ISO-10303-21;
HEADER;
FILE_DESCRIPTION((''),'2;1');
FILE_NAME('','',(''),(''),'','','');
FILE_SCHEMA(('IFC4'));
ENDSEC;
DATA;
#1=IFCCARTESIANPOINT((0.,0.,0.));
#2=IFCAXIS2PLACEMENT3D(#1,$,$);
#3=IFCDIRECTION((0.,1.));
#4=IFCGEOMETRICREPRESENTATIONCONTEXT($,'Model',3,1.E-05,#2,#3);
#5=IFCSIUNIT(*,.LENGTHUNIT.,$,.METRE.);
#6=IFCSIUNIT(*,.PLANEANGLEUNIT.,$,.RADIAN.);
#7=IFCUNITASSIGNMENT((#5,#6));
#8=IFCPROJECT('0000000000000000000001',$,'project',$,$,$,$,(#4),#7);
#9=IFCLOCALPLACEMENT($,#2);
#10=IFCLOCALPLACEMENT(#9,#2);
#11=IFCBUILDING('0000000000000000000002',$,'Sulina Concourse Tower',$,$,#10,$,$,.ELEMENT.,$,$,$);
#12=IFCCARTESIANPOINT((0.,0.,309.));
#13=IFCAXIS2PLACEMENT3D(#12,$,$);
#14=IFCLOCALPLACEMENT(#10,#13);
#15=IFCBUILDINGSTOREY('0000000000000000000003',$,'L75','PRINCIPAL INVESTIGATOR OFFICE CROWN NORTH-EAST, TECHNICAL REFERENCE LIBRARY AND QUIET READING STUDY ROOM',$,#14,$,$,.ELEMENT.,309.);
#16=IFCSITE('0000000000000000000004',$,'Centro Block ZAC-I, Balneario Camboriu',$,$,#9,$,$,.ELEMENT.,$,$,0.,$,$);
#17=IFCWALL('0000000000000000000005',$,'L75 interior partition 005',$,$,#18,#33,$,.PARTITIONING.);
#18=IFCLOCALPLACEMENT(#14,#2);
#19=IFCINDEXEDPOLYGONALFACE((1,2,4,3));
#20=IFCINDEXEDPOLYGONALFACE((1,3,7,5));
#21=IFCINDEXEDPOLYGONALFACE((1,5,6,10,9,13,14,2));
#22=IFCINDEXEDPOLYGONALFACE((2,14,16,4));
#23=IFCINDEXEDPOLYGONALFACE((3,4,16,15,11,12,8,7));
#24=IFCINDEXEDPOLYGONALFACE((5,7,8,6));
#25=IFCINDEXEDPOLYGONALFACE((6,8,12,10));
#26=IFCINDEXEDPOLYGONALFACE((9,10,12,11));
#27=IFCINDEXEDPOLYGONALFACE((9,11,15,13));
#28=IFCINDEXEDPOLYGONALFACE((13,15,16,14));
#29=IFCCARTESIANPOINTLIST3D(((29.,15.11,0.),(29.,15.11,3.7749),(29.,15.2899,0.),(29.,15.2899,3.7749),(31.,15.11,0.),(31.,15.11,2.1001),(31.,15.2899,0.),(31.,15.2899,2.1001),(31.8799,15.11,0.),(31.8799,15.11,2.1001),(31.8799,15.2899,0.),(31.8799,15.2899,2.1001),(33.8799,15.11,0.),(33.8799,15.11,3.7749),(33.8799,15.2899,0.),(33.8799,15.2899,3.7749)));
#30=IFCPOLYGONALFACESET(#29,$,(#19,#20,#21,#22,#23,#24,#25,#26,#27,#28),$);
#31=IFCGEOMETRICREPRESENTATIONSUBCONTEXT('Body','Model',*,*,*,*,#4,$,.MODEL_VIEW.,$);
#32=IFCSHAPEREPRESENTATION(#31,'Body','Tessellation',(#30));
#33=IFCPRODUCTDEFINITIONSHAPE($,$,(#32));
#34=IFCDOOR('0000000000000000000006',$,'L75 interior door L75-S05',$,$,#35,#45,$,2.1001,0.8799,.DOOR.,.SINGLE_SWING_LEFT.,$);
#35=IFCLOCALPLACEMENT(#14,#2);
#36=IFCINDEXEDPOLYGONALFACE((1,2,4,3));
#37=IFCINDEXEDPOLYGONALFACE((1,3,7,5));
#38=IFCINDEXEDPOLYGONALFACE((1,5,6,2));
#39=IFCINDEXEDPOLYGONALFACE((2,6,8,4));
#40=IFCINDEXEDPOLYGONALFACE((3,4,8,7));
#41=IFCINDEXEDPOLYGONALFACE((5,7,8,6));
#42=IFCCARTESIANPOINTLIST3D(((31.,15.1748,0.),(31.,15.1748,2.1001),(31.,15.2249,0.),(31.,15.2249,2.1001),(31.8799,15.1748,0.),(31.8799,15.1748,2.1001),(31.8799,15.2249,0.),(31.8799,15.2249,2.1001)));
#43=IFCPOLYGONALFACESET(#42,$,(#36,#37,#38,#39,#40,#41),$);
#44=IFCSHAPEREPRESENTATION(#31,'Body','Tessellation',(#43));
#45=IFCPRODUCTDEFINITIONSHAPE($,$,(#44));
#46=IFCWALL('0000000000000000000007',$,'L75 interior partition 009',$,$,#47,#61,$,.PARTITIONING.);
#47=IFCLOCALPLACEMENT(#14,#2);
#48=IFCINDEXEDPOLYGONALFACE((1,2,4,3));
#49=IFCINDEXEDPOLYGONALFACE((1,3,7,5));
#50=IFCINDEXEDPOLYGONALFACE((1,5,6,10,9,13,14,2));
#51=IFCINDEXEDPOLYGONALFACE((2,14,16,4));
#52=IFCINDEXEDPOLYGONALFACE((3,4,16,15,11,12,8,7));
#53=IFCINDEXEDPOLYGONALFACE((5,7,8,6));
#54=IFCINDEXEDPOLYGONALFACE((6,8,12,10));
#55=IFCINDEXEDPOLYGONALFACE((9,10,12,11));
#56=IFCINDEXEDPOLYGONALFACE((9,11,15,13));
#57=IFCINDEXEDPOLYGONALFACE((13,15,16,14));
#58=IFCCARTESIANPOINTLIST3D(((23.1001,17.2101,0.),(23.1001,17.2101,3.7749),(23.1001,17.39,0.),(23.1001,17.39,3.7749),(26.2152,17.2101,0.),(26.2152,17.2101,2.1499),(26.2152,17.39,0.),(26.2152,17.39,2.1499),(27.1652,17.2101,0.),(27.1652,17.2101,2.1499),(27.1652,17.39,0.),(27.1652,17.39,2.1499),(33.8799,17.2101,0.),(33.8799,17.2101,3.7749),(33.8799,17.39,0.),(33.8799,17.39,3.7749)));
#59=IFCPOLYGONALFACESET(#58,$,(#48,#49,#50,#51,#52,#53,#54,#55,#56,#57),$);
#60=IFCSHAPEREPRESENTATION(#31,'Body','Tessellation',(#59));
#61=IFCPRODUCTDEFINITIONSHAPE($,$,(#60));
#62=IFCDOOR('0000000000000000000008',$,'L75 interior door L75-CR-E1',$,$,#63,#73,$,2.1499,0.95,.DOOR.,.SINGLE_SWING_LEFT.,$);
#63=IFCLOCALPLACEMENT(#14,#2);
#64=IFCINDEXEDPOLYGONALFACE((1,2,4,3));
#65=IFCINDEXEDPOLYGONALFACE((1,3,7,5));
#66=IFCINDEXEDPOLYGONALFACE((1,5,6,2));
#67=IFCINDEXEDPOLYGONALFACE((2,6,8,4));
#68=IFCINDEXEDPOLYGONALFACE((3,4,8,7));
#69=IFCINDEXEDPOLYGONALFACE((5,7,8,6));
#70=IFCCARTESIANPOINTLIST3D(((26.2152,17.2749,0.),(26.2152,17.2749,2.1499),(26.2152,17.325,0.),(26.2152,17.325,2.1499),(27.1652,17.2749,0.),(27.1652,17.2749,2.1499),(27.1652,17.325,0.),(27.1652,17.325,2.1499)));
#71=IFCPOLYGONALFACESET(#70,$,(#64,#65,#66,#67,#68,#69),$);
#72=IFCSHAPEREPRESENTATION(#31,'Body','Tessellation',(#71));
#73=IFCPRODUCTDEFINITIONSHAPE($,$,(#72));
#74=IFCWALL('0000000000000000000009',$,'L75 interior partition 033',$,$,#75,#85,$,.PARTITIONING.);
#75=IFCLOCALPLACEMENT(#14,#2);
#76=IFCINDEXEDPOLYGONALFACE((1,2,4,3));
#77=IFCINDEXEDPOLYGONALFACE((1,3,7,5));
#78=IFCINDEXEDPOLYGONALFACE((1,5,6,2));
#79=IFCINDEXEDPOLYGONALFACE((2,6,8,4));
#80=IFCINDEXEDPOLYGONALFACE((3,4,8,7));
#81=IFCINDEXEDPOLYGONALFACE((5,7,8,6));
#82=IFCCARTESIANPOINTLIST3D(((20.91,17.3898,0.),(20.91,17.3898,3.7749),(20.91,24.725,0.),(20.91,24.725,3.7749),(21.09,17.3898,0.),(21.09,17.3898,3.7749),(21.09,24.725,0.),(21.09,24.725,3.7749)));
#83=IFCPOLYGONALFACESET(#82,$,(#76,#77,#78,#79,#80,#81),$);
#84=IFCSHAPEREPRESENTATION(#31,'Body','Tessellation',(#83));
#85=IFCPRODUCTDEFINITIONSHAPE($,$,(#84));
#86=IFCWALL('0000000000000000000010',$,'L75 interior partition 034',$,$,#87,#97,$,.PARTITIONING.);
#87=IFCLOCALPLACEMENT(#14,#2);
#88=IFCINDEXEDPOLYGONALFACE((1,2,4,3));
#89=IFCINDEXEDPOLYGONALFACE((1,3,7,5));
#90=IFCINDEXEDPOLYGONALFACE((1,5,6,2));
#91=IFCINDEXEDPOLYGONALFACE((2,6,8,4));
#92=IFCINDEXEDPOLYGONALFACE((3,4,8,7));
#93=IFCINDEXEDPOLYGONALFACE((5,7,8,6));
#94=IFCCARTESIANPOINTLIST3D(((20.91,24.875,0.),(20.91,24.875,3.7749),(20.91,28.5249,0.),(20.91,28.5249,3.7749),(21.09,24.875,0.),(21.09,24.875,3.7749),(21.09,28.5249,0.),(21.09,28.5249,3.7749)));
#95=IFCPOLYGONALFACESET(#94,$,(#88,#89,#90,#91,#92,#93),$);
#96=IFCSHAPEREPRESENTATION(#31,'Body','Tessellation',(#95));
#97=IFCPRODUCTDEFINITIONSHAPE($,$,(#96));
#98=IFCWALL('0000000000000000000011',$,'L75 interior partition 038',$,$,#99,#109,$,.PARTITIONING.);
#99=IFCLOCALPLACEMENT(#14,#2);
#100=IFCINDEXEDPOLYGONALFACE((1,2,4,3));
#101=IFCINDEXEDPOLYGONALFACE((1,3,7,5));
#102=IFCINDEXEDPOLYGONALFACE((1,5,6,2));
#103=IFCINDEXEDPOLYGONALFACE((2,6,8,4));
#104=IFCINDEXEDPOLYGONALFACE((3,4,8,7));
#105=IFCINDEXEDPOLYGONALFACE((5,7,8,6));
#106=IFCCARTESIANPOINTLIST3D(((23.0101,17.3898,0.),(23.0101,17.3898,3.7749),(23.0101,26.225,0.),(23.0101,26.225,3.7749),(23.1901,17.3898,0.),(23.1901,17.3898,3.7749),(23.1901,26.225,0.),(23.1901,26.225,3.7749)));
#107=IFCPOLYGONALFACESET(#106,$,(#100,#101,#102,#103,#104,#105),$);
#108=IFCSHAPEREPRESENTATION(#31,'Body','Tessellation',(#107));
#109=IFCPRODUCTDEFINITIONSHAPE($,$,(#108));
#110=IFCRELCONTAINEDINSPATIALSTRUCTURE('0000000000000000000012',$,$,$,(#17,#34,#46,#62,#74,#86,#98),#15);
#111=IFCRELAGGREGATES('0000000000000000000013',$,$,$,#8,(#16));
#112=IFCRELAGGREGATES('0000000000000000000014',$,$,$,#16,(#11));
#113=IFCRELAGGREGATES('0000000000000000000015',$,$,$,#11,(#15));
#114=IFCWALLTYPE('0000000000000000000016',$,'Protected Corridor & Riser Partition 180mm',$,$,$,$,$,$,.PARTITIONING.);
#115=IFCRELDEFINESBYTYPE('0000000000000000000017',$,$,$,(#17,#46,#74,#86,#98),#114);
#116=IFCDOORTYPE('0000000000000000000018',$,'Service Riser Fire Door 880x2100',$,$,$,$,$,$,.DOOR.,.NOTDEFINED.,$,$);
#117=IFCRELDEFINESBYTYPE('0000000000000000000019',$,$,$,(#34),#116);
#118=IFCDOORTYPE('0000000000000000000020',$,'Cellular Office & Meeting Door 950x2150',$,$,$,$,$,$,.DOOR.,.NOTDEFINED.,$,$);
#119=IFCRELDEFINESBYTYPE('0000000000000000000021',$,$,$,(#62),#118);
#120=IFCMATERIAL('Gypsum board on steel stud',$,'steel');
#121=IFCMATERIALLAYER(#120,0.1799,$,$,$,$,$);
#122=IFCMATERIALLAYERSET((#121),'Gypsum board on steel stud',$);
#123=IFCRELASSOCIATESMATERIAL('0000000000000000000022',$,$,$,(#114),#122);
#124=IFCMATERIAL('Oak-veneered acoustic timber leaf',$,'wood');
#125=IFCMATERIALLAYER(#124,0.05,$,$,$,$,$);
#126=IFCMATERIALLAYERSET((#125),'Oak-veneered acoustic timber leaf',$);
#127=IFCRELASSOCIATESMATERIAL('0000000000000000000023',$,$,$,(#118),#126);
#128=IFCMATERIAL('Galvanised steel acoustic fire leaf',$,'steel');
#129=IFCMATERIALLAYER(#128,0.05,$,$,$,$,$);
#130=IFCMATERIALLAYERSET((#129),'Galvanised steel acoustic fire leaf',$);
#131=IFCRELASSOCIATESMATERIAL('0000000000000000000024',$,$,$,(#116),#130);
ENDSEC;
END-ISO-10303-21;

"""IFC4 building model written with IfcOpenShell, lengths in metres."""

from ifc_helpers import new_model, si_unit, direction, frame, frame_2d, origin, place, context, subcontext, project, spatial, rectangle, extrude, material, layer, layer_set, type_object, element, fill, save


model = new_model("IFC4")

# Units and contexts
model_context = context("Model", 3, precision=1e-05, world=origin(), true_north=direction((0.0, 1.0)))
body_context = subcontext(model_context, "Body", "Model", "MODEL_VIEW")
ifc_project = project(units=[si_unit("LENGTHUNIT", "METRE"), si_unit("PLANEANGLEUNIT", "RADIAN")], contexts=[model_context])

# Site, building, storey
site_placement = place(None, origin())
site = spatial("IfcSite", under=ifc_project, at=site_placement, Name="Centro Block ZAC-I, Balneario Camboriu", CompositionType="ELEMENT", RefElevation=0.0)
building_placement = place(site_placement, origin())
building = spatial("IfcBuilding", under=site, at=building_placement, Name="Sulina Concourse Tower", CompositionType="ELEMENT")
storey_placement = place(building_placement, frame((0.0, 0.0, 309.0)))
storey = spatial("IfcBuildingStorey", under=building, at=storey_placement, Name="L75", Description="PRINCIPAL INVESTIGATOR OFFICE CROWN NORTH-EAST, TECHNICAL REFERENCE LIBRARY AND QUIET READING STUDY ROOM", CompositionType="ELEMENT", Elevation=309.0)

# Walls, openings, doors
ifc_material_1 = material(Name="Gypsum board on steel stud", Category="steel")
ifc_layer_1 = layer(ifc_material_1, 0.1799)
ifc_layer_set_1 = layer_set([ifc_layer_1], Name="Gypsum board on steel stud")
wall_type_1 = type_object("IfcWallType", Name="Protected Corridor & Riser Partition 180mm", PredefinedType="PARTITIONING", material=ifc_layer_set_1)
ifc_material_2 = material(Name="Oak-veneered acoustic timber leaf", Category="wood")
ifc_layer_2 = layer(ifc_material_2, 0.05)
ifc_layer_set_2 = layer_set([ifc_layer_2], Name="Oak-veneered acoustic timber leaf")
door_type_1 = type_object("IfcDoorType", Name="Cellular Office & Meeting Door 950x2150", OperationType="NOTDEFINED", PredefinedType="DOOR", material=ifc_layer_set_2)
wall_1_placement = place(storey_placement, frame((29.0, 15.2, 0.0), z_axis=(0.0, 0.0, 1.0), x_axis=(1.0, 0.0, 0.0)))
wall_1 = element("IfcWall", 1, at=wall_1_placement, inside=storey, type_object=wall_type_1, Name="L75 interior partition 005", PredefinedType="PARTITIONING", context=body_context, shape_type="SweptSolid", body=[
    extrude(rectangle(XDim=4.8799, YDim=0.1799, at=frame_2d((2.4399, 0.0))), origin(), (0.0, 0.0, 1.0), 3.7749),
])
opening_1_placement = place(wall_1_placement, frame((2.0, 0.0, 0.0)))
opening_1 = element("IfcOpeningElement", 2, at=opening_1_placement, cuts=wall_1, PredefinedType="OPENING", context=body_context, shape_type="SweptSolid", body=[
    extrude(rectangle(XDim=0.8799, YDim=2.1001, at=frame_2d((0.4399, 1.05))), frame((0.0, 0.0999, 0.0), z_axis=(0.0, -1.0, 0.0), x_axis=(1.0, 0.0, 0.0)), (0.0, 0.0, 1.0), 0.2),
])
ifc_material_3 = material(Name="Galvanised steel acoustic fire leaf", Category="steel")
ifc_layer_3 = layer(ifc_material_3, 0.05)
ifc_layer_set_3 = layer_set([ifc_layer_3], Name="Galvanised steel acoustic fire leaf")
door_type_2 = type_object("IfcDoorType", Name="Service Riser Fire Door 880x2100", OperationType="NOTDEFINED", PredefinedType="DOOR", material=ifc_layer_set_3)
door_1_placement = place(opening_1_placement, origin())
door_1 = element("IfcDoor", 3, at=door_1_placement, inside=storey, type_object=door_type_2, Name="L75 interior door L75-S05", OperationType="SINGLE_SWING_LEFT", OverallHeight=2.1001, OverallWidth=0.8799, PredefinedType="DOOR", context=body_context, shape_type="SweptSolid", body=[
    extrude(rectangle(XDim=0.8799, YDim=2.1001, at=frame_2d((0.4399, 1.05))), frame((0.0, 0.0249, 0.0), z_axis=(0.0, -1.0, 0.0), x_axis=(1.0, 0.0, 0.0)), (0.0, 0.0, 1.0), 0.05),
])
fill(opening_1, door_1)
wall_2_placement = place(storey_placement, frame((23.1001, 17.3, 0.0), z_axis=(0.0, 0.0, 1.0), x_axis=(1.0, 0.0, 0.0)))
wall_2 = element("IfcWall", 4, at=wall_2_placement, inside=storey, type_object=wall_type_1, Name="L75 interior partition 009", PredefinedType="PARTITIONING", context=body_context, shape_type="SweptSolid", body=[
    extrude(rectangle(XDim=10.7798, YDim=0.1799, at=frame_2d((5.3899, 0.0))), origin(), (0.0, 0.0, 1.0), 3.7749),
])
opening_2_placement = place(wall_2_placement, frame((3.115, 0.0, 0.0)))
opening_2 = element("IfcOpeningElement", 5, at=opening_2_placement, cuts=wall_2, PredefinedType="OPENING", context=body_context, shape_type="SweptSolid", body=[
    extrude(rectangle(XDim=0.95, YDim=2.1499, at=frame_2d((0.4751, 1.075))), frame((0.0, 0.0999, 0.0), z_axis=(0.0, -1.0, 0.0), x_axis=(1.0, 0.0, 0.0)), (0.0, 0.0, 1.0), 0.2),
])
door_2_placement = place(opening_2_placement, origin())
door_2 = element("IfcDoor", 6, at=door_2_placement, inside=storey, type_object=door_type_1, Name="L75 interior door L75-CR-E1", OperationType="SINGLE_SWING_LEFT", OverallHeight=2.1499, OverallWidth=0.95, PredefinedType="DOOR", context=body_context, shape_type="SweptSolid", body=[
    extrude(rectangle(XDim=0.95, YDim=2.1499, at=frame_2d((0.4751, 1.075))), frame((0.0, 0.0249, 0.0), z_axis=(0.0, -1.0, 0.0), x_axis=(1.0, 0.0, 0.0)), (0.0, 0.0, 1.0), 0.05),
])
fill(opening_2, door_2)

# Walls
wall_3_placement = place(storey_placement, frame((21.0, 17.3899, 0.0), z_axis=(0.0, 0.0, 1.0), x_axis=(0.0, 1.0, 0.0)))
element("IfcWall", 7, at=wall_3_placement, inside=storey, type_object=wall_type_1, Name="L75 interior partition 033", PredefinedType="PARTITIONING", context=body_context, shape_type="SweptSolid", body=[
    extrude(rectangle(XDim=7.3352, YDim=0.1799, at=frame_2d((3.6675, 0.0))), origin(), (0.0, 0.0, 1.0), 3.7749),
])
wall_4_placement = place(storey_placement, frame((21.0, 24.875, 0.0), z_axis=(0.0, 0.0, 1.0), x_axis=(0.0, 1.0, 0.0)))
element("IfcWall", 8, at=wall_4_placement, inside=storey, type_object=wall_type_1, Name="L75 interior partition 034", PredefinedType="PARTITIONING", context=body_context, shape_type="SweptSolid", body=[
    extrude(rectangle(XDim=3.6499, YDim=0.1799, at=frame_2d((1.825, 0.0))), origin(), (0.0, 0.0, 1.0), 3.7749),
])
wall_5_placement = place(storey_placement, frame((23.1001, 17.3899, 0.0), z_axis=(0.0, 0.0, 1.0), x_axis=(0.0, 1.0, 0.0)))
element("IfcWall", 9, at=wall_5_placement, inside=storey, type_object=wall_type_1, Name="L75 interior partition 038", PredefinedType="PARTITIONING", context=body_context, shape_type="SweptSolid", body=[
    extrude(rectangle(XDim=8.8352, YDim=0.1799, at=frame_2d((4.4175, 0.0))), origin(), (0.0, 0.0, 1.0), 3.7749),
])

save(model, "model.ifc")
